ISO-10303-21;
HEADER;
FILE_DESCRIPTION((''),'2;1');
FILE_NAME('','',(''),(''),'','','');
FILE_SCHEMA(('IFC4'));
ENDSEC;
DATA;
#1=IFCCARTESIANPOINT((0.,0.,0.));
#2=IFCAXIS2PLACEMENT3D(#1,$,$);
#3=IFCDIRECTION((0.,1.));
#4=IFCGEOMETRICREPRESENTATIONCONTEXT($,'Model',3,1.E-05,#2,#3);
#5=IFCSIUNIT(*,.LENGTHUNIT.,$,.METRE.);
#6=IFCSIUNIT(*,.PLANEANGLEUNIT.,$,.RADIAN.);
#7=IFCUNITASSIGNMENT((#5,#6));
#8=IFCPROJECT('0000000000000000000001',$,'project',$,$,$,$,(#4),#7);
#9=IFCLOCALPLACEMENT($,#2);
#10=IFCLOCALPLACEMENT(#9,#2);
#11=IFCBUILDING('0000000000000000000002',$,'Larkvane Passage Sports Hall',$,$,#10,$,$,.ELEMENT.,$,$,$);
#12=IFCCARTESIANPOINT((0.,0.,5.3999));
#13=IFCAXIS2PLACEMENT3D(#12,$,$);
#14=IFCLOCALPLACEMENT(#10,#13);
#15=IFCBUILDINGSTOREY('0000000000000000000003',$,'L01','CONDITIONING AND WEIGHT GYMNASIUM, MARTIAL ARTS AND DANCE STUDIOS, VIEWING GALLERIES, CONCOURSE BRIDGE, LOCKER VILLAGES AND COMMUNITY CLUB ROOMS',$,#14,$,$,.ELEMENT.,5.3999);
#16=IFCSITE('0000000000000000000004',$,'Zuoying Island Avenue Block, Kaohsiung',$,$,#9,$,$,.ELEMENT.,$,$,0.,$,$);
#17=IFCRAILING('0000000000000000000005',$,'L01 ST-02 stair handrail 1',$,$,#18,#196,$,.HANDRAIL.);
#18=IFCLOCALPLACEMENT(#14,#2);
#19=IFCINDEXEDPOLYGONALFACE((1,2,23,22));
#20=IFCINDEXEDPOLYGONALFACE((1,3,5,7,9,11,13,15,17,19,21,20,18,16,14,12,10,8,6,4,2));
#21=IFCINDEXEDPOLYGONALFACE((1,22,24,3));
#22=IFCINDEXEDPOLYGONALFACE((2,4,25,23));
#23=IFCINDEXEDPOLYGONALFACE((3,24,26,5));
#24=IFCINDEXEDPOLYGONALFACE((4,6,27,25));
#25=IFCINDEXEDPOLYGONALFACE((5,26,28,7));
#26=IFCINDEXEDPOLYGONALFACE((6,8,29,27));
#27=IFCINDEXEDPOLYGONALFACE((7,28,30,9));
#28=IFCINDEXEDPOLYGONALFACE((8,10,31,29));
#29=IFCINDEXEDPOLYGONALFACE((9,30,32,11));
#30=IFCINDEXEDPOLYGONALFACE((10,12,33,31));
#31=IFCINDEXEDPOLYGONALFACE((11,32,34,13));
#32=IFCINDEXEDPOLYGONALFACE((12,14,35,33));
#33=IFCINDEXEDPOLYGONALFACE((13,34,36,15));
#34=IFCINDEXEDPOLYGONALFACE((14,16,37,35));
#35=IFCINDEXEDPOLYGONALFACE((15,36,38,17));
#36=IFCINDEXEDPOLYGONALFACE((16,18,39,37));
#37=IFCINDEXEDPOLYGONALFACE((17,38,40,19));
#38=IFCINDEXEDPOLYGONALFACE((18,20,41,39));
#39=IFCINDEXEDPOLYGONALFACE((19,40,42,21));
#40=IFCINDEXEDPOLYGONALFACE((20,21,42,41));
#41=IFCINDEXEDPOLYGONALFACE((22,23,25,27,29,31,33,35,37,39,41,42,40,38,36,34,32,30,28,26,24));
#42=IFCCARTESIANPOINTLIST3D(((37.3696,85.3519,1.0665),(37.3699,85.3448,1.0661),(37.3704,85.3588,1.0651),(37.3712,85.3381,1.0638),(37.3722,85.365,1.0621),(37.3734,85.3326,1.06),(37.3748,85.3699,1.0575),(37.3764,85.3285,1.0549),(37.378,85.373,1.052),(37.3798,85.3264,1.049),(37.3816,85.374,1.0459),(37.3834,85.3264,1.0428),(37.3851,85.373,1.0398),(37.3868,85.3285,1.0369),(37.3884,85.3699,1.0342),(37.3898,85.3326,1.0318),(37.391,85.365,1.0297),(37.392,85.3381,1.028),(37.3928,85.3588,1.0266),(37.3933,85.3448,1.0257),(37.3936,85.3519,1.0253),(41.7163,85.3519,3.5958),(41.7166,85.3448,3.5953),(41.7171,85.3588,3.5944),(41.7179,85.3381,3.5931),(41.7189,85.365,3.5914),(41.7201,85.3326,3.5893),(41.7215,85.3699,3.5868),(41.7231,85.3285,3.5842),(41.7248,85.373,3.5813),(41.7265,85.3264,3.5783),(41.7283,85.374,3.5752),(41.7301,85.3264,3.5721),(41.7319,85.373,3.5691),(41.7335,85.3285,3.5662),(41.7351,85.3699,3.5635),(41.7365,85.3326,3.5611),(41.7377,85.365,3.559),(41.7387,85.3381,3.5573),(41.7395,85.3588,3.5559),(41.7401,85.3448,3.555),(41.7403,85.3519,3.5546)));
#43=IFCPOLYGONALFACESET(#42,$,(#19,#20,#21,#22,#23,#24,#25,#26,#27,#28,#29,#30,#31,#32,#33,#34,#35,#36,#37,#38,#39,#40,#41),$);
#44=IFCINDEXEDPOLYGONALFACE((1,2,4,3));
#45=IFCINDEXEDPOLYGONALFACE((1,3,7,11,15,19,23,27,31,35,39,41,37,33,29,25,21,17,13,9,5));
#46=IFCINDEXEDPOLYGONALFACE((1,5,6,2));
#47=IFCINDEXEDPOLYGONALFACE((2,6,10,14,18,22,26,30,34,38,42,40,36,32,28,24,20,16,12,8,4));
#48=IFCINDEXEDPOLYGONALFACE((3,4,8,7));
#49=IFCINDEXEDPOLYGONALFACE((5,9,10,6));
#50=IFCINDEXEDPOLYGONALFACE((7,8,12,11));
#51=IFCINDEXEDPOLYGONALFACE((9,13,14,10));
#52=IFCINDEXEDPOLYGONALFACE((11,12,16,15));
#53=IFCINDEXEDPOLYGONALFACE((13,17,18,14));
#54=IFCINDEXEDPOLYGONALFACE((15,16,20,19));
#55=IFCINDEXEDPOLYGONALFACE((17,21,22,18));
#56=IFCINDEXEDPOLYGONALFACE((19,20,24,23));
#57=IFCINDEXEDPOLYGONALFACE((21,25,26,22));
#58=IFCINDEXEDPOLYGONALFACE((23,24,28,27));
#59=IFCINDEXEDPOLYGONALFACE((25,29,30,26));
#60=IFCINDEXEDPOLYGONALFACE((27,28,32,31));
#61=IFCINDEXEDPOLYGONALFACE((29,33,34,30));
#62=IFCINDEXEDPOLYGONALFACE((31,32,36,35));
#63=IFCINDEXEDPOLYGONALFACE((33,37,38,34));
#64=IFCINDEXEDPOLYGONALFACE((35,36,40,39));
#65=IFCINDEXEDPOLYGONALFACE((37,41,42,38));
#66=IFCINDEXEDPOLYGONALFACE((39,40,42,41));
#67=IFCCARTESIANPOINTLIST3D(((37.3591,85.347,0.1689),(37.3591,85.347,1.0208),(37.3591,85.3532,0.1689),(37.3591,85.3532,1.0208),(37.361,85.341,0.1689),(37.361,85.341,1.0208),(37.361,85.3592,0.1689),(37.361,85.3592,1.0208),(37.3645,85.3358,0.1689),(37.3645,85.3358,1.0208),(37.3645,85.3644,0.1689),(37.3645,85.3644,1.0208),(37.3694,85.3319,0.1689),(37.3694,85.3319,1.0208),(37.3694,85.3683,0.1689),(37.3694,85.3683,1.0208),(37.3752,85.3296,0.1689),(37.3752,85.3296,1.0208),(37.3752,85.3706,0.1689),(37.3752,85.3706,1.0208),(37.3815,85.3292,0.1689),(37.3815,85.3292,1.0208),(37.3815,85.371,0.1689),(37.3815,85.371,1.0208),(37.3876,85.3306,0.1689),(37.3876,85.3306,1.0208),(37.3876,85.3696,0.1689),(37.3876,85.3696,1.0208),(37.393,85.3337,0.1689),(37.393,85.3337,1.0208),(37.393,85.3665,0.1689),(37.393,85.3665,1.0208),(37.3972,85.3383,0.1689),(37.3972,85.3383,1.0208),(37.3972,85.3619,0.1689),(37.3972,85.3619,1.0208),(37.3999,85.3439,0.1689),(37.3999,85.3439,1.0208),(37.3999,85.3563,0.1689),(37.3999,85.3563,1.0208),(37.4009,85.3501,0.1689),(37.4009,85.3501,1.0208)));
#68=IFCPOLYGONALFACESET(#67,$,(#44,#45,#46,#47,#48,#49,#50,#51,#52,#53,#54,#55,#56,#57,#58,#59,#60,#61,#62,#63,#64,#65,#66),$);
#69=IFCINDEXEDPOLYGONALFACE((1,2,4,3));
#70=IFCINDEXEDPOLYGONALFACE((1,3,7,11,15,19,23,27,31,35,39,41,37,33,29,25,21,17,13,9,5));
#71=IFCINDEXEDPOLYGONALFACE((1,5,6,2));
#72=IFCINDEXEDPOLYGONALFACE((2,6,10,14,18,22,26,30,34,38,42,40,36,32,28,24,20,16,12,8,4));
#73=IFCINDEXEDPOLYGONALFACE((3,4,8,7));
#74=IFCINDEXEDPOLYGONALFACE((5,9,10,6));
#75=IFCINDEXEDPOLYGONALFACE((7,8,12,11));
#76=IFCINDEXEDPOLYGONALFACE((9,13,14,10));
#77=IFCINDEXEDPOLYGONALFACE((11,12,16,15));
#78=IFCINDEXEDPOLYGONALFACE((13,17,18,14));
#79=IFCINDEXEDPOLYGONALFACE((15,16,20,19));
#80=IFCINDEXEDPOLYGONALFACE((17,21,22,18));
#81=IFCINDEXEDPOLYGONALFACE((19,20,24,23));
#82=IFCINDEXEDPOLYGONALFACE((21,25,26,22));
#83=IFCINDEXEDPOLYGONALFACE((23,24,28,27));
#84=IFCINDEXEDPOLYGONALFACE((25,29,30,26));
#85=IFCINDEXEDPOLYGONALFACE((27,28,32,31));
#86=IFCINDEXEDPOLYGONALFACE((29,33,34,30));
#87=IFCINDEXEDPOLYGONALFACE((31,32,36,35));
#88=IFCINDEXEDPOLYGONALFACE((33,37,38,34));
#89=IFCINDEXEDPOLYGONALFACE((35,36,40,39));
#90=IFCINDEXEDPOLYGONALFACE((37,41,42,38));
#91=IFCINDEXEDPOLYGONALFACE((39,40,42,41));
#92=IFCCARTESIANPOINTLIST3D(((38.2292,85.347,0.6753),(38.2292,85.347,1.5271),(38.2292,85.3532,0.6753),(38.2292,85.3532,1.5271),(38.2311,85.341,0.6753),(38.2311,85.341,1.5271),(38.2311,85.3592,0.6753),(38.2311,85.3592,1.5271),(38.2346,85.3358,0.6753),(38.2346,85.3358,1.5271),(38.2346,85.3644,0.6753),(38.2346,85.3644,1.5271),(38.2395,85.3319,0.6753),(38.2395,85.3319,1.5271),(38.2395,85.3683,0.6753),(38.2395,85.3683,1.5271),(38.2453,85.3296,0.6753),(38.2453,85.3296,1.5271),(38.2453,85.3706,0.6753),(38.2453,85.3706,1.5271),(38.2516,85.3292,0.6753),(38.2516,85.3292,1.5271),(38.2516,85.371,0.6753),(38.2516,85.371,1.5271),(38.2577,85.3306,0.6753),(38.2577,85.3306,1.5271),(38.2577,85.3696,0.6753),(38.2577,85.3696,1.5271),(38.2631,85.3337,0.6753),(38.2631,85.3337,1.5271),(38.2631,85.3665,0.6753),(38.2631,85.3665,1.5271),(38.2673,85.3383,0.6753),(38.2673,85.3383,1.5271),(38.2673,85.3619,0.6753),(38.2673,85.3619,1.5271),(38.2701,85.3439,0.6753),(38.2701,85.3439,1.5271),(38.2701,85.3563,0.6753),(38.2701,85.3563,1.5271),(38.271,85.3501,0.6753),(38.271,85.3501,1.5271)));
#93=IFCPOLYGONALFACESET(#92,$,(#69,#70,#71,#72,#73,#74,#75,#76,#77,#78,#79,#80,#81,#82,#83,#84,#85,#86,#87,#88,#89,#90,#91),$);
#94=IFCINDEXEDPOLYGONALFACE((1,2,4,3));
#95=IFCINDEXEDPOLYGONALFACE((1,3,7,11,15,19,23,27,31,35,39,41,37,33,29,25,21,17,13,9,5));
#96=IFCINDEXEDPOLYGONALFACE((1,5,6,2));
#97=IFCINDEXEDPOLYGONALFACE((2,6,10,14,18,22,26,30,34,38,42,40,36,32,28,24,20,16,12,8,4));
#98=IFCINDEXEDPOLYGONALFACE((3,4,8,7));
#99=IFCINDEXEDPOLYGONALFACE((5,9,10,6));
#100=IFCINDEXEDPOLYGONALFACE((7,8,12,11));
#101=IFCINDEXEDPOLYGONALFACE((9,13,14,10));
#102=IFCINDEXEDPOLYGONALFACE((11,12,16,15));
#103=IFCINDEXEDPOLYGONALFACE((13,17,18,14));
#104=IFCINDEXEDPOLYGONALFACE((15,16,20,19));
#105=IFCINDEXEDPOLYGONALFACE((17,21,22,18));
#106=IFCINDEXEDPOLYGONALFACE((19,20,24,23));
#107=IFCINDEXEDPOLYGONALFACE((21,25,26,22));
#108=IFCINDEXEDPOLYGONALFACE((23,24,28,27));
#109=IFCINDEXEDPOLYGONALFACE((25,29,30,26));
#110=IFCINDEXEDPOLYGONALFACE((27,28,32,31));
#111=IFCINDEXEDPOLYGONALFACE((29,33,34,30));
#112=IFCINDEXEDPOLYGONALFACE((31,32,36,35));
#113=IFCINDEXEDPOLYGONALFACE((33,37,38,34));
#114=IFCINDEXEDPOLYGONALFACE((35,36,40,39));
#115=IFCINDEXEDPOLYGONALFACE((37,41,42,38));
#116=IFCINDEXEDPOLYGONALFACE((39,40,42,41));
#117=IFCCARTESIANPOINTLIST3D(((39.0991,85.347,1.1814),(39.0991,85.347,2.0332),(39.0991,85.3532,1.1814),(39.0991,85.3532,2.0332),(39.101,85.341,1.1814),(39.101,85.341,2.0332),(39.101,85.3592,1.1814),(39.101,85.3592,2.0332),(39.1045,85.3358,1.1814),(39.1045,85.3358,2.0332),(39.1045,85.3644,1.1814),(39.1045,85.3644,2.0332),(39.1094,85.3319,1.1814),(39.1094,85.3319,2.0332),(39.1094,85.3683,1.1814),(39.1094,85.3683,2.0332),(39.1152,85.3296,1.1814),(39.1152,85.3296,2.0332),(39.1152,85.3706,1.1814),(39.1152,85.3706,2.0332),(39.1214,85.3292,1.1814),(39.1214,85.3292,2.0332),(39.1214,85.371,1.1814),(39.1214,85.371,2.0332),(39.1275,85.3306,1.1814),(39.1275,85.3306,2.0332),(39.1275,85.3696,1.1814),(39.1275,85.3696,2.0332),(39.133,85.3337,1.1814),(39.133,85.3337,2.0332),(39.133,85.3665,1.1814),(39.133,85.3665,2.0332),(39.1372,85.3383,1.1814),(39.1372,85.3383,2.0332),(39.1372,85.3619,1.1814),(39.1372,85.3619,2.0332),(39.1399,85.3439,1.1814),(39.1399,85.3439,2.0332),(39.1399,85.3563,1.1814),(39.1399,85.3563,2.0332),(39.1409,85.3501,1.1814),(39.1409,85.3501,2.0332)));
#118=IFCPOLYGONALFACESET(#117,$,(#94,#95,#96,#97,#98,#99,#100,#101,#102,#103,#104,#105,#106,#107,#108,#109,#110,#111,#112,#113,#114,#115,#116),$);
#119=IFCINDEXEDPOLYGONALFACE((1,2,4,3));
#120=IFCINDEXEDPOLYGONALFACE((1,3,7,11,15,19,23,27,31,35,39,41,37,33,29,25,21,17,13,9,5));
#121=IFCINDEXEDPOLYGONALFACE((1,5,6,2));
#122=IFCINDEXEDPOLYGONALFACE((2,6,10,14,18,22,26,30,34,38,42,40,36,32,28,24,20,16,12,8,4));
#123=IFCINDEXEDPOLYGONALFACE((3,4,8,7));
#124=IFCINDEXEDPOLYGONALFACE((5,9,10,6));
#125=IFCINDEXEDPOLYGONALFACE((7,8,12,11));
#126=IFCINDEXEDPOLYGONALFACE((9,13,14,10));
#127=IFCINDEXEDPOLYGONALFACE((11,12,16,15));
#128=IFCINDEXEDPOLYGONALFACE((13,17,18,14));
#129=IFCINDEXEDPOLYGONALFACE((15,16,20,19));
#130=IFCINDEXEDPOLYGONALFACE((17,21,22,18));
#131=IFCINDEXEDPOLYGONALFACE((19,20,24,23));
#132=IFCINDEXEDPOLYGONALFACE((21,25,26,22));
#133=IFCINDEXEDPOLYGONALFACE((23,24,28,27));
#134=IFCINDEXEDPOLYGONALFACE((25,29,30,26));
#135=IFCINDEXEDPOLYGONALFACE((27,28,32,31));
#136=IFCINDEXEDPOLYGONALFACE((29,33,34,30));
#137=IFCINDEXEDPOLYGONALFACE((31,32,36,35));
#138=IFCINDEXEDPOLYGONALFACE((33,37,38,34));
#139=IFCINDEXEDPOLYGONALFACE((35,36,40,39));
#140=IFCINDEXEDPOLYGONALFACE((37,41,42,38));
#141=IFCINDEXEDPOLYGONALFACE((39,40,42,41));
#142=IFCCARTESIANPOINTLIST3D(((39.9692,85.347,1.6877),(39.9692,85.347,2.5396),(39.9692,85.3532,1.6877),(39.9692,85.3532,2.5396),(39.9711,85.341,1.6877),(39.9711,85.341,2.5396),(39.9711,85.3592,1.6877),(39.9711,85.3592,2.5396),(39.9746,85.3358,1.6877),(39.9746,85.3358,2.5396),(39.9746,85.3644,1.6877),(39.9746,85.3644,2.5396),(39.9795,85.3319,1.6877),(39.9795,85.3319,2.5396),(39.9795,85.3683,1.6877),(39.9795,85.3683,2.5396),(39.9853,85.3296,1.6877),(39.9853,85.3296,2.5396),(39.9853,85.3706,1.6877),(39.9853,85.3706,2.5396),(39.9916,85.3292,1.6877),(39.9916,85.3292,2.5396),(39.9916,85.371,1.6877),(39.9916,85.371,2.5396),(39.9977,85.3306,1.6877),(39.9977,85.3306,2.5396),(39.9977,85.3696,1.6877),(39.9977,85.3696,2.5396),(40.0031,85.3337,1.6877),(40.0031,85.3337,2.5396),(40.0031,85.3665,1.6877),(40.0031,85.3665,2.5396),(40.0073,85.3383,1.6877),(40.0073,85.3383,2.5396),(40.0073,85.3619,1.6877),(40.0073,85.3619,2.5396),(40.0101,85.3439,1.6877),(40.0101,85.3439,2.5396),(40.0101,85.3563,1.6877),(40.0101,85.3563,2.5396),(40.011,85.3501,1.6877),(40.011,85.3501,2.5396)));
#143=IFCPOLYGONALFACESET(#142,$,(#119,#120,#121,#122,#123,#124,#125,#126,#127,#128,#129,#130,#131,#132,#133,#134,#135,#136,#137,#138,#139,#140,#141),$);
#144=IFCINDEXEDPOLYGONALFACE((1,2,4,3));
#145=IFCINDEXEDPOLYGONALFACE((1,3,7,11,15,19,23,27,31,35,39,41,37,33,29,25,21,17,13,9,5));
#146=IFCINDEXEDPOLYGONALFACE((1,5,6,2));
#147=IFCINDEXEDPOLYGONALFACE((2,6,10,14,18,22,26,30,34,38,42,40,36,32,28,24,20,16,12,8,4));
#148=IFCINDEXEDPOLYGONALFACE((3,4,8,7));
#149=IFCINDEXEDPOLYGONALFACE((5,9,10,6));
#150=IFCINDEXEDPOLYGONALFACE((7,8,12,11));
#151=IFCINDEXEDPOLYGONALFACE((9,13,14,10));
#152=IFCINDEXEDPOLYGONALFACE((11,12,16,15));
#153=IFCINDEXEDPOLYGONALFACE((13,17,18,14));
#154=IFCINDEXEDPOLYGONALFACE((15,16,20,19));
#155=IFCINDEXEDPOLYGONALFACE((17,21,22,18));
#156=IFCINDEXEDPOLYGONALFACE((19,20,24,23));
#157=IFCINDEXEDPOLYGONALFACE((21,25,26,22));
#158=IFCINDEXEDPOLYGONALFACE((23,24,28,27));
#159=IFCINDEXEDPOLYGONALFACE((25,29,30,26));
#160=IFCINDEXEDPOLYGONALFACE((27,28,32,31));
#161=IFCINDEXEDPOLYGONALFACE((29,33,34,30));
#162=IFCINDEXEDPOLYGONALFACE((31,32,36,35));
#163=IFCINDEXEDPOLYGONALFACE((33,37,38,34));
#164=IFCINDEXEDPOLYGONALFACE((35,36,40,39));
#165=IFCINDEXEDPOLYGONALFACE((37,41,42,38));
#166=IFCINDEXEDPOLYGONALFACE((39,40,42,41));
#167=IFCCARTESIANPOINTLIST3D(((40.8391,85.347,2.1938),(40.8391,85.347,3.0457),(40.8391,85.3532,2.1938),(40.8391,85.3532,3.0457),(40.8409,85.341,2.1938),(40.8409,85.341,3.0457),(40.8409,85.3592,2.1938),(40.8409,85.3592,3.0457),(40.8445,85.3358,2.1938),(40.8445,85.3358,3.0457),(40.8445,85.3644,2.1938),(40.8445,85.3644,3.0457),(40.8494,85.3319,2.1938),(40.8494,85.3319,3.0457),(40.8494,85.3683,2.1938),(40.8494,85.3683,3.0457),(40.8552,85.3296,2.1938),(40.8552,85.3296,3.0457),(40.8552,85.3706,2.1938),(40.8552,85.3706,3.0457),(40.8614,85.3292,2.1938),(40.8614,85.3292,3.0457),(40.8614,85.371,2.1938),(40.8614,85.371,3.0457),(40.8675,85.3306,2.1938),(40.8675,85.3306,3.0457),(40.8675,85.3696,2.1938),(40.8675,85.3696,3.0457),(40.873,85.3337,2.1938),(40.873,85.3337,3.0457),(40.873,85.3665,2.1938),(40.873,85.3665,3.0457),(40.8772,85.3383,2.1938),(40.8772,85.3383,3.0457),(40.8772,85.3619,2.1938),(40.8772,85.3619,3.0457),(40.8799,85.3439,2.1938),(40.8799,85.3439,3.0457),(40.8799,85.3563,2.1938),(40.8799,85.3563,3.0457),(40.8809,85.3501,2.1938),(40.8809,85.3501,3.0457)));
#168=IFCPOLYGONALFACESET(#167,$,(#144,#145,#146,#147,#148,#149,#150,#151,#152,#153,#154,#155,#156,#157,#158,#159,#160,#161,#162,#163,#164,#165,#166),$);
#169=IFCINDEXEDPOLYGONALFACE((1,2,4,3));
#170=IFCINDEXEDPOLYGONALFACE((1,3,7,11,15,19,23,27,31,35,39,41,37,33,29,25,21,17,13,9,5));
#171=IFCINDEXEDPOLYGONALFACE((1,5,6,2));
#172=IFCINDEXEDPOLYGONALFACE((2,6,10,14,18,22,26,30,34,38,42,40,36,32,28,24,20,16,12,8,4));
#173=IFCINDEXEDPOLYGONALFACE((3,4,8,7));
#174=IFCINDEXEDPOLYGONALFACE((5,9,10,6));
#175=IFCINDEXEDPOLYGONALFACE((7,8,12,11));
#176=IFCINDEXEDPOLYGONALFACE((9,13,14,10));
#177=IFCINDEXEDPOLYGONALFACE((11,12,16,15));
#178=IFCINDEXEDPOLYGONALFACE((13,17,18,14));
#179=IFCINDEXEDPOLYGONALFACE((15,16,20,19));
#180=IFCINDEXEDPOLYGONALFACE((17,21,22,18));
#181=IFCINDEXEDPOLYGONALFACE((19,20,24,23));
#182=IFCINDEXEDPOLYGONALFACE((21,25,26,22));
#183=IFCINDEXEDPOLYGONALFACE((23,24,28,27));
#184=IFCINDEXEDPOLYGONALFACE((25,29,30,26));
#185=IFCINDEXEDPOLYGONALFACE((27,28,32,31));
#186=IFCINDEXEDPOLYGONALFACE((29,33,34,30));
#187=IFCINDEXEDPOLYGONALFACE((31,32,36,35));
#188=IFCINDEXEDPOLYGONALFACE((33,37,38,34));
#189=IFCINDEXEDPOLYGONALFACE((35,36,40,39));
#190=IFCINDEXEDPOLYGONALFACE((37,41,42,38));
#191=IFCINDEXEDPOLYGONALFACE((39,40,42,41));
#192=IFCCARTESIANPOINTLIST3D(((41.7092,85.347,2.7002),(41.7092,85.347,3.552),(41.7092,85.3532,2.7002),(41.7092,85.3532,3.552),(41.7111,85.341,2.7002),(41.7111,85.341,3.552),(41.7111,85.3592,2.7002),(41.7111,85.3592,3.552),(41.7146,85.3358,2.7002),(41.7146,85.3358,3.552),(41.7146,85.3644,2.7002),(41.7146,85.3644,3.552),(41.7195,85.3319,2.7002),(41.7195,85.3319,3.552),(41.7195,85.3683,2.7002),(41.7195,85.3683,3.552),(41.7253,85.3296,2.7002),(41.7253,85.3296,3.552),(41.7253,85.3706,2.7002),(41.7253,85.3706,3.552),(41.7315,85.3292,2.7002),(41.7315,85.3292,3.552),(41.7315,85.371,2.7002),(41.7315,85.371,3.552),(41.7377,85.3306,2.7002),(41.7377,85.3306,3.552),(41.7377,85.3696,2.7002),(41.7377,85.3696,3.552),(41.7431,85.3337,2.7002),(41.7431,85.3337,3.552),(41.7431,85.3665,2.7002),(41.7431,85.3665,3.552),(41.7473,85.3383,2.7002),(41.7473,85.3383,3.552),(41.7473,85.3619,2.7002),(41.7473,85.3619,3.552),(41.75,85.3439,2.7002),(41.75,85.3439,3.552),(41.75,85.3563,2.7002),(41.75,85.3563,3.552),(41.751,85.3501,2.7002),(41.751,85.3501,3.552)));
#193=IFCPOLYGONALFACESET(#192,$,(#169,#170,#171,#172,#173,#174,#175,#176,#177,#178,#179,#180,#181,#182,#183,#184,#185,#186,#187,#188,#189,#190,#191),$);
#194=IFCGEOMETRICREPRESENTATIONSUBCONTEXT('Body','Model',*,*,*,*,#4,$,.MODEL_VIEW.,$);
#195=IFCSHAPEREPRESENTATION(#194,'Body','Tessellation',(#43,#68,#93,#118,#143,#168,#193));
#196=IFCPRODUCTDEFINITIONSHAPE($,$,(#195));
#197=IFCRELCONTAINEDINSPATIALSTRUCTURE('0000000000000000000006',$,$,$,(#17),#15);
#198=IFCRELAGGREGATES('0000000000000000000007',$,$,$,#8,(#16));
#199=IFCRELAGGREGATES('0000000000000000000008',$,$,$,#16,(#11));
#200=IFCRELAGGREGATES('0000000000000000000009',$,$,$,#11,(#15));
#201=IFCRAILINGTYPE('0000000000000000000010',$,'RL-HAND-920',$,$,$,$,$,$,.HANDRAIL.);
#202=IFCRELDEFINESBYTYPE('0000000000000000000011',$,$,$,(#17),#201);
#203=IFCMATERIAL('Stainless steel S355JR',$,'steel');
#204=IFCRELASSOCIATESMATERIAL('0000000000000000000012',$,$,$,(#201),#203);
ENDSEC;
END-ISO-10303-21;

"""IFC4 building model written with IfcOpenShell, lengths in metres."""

from ifc_helpers import new_model, si_unit, direction, frame, origin, origin_2d, place, context, subcontext, project, spatial, circle, extrude, material, type_object, element, save


model = new_model("IFC4")

# Units and contexts
model_context = context("Model", 3, precision=1e-05, world=origin(), true_north=direction((0.0, 1.0)))
body_context = subcontext(model_context, "Body", "Model", "MODEL_VIEW")
ifc_project = project(units=[si_unit("LENGTHUNIT", "METRE"), si_unit("PLANEANGLEUNIT", "RADIAN")], contexts=[model_context])

# Site, building, storey
site_placement = place(None, origin())
site = spatial("IfcSite", under=ifc_project, at=site_placement, Name="Zuoying Island Avenue Block, Kaohsiung", CompositionType="ELEMENT", RefElevation=0.0)
building_placement = place(site_placement, origin())
building = spatial("IfcBuilding", under=site, at=building_placement, Name="Larkvane Passage Sports Hall", CompositionType="ELEMENT")
storey_placement = place(building_placement, frame((0.0, 0.0, 5.3999)))
storey = spatial("IfcBuildingStorey", under=building, at=storey_placement, Name="L01", Description="CONDITIONING AND WEIGHT GYMNASIUM, MARTIAL ARTS AND DANCE STUDIOS, VIEWING GALLERIES, CONCOURSE BRIDGE, LOCKER VILLAGES AND COMMUNITY CLUB ROOMS", CompositionType="ELEMENT", Elevation=5.3999)

# Railing
ifc_material_1 = material(Name="Stainless steel S355JR", Category="steel")
railing_type_1 = type_object("IfcRailingType", Name="RL-HAND-920", PredefinedType="HANDRAIL", material=ifc_material_1)
railing_1_placement = place(storey_placement, frame((37.3799, 85.3501, 0.1689)))
element("IfcRailing", 1, at=railing_1_placement, inside=storey, type_object=railing_type_1, Name="L01 ST-02 stair handrail 1", PredefinedType="HANDRAIL", context=body_context, shape_type="SweptSolid", body=[
    extrude(circle(Radius=0.0239, at=origin_2d()), frame((0.0017, 0.0, 0.877), z_axis=(0.864324, 0.0, 0.502936), x_axis=(0.0, 1.0, 0.0)), (0.0, 0.0, 1.0), 5.0291),
    extrude(circle(Radius=0.021, at=origin_2d()), origin(), (0.0, 0.0, 1.0), 0.8518),
    extrude(circle(Radius=0.021, at=origin_2d()), frame((0.8701, 0.0, 0.5063)), (0.0, 0.0, 1.0), 0.8518),
    extrude(circle(Radius=0.021, at=origin_2d()), frame((1.74, 0.0, 1.0125)), (0.0, 0.0, 1.0), 0.8518),
    extrude(circle(Radius=0.021, at=origin_2d()), frame((2.6101, 0.0, 1.5188)), (0.0, 0.0, 1.0), 0.8518),
    extrude(circle(Radius=0.021, at=origin_2d()), frame((3.48, 0.0, 2.0249)), (0.0, 0.0, 1.0), 0.8518),
    extrude(circle(Radius=0.021, at=origin_2d()), frame((4.3501, 0.0, 2.5312)), (0.0, 0.0, 1.0), 0.8518),
])

save(model, "model.ifc")
